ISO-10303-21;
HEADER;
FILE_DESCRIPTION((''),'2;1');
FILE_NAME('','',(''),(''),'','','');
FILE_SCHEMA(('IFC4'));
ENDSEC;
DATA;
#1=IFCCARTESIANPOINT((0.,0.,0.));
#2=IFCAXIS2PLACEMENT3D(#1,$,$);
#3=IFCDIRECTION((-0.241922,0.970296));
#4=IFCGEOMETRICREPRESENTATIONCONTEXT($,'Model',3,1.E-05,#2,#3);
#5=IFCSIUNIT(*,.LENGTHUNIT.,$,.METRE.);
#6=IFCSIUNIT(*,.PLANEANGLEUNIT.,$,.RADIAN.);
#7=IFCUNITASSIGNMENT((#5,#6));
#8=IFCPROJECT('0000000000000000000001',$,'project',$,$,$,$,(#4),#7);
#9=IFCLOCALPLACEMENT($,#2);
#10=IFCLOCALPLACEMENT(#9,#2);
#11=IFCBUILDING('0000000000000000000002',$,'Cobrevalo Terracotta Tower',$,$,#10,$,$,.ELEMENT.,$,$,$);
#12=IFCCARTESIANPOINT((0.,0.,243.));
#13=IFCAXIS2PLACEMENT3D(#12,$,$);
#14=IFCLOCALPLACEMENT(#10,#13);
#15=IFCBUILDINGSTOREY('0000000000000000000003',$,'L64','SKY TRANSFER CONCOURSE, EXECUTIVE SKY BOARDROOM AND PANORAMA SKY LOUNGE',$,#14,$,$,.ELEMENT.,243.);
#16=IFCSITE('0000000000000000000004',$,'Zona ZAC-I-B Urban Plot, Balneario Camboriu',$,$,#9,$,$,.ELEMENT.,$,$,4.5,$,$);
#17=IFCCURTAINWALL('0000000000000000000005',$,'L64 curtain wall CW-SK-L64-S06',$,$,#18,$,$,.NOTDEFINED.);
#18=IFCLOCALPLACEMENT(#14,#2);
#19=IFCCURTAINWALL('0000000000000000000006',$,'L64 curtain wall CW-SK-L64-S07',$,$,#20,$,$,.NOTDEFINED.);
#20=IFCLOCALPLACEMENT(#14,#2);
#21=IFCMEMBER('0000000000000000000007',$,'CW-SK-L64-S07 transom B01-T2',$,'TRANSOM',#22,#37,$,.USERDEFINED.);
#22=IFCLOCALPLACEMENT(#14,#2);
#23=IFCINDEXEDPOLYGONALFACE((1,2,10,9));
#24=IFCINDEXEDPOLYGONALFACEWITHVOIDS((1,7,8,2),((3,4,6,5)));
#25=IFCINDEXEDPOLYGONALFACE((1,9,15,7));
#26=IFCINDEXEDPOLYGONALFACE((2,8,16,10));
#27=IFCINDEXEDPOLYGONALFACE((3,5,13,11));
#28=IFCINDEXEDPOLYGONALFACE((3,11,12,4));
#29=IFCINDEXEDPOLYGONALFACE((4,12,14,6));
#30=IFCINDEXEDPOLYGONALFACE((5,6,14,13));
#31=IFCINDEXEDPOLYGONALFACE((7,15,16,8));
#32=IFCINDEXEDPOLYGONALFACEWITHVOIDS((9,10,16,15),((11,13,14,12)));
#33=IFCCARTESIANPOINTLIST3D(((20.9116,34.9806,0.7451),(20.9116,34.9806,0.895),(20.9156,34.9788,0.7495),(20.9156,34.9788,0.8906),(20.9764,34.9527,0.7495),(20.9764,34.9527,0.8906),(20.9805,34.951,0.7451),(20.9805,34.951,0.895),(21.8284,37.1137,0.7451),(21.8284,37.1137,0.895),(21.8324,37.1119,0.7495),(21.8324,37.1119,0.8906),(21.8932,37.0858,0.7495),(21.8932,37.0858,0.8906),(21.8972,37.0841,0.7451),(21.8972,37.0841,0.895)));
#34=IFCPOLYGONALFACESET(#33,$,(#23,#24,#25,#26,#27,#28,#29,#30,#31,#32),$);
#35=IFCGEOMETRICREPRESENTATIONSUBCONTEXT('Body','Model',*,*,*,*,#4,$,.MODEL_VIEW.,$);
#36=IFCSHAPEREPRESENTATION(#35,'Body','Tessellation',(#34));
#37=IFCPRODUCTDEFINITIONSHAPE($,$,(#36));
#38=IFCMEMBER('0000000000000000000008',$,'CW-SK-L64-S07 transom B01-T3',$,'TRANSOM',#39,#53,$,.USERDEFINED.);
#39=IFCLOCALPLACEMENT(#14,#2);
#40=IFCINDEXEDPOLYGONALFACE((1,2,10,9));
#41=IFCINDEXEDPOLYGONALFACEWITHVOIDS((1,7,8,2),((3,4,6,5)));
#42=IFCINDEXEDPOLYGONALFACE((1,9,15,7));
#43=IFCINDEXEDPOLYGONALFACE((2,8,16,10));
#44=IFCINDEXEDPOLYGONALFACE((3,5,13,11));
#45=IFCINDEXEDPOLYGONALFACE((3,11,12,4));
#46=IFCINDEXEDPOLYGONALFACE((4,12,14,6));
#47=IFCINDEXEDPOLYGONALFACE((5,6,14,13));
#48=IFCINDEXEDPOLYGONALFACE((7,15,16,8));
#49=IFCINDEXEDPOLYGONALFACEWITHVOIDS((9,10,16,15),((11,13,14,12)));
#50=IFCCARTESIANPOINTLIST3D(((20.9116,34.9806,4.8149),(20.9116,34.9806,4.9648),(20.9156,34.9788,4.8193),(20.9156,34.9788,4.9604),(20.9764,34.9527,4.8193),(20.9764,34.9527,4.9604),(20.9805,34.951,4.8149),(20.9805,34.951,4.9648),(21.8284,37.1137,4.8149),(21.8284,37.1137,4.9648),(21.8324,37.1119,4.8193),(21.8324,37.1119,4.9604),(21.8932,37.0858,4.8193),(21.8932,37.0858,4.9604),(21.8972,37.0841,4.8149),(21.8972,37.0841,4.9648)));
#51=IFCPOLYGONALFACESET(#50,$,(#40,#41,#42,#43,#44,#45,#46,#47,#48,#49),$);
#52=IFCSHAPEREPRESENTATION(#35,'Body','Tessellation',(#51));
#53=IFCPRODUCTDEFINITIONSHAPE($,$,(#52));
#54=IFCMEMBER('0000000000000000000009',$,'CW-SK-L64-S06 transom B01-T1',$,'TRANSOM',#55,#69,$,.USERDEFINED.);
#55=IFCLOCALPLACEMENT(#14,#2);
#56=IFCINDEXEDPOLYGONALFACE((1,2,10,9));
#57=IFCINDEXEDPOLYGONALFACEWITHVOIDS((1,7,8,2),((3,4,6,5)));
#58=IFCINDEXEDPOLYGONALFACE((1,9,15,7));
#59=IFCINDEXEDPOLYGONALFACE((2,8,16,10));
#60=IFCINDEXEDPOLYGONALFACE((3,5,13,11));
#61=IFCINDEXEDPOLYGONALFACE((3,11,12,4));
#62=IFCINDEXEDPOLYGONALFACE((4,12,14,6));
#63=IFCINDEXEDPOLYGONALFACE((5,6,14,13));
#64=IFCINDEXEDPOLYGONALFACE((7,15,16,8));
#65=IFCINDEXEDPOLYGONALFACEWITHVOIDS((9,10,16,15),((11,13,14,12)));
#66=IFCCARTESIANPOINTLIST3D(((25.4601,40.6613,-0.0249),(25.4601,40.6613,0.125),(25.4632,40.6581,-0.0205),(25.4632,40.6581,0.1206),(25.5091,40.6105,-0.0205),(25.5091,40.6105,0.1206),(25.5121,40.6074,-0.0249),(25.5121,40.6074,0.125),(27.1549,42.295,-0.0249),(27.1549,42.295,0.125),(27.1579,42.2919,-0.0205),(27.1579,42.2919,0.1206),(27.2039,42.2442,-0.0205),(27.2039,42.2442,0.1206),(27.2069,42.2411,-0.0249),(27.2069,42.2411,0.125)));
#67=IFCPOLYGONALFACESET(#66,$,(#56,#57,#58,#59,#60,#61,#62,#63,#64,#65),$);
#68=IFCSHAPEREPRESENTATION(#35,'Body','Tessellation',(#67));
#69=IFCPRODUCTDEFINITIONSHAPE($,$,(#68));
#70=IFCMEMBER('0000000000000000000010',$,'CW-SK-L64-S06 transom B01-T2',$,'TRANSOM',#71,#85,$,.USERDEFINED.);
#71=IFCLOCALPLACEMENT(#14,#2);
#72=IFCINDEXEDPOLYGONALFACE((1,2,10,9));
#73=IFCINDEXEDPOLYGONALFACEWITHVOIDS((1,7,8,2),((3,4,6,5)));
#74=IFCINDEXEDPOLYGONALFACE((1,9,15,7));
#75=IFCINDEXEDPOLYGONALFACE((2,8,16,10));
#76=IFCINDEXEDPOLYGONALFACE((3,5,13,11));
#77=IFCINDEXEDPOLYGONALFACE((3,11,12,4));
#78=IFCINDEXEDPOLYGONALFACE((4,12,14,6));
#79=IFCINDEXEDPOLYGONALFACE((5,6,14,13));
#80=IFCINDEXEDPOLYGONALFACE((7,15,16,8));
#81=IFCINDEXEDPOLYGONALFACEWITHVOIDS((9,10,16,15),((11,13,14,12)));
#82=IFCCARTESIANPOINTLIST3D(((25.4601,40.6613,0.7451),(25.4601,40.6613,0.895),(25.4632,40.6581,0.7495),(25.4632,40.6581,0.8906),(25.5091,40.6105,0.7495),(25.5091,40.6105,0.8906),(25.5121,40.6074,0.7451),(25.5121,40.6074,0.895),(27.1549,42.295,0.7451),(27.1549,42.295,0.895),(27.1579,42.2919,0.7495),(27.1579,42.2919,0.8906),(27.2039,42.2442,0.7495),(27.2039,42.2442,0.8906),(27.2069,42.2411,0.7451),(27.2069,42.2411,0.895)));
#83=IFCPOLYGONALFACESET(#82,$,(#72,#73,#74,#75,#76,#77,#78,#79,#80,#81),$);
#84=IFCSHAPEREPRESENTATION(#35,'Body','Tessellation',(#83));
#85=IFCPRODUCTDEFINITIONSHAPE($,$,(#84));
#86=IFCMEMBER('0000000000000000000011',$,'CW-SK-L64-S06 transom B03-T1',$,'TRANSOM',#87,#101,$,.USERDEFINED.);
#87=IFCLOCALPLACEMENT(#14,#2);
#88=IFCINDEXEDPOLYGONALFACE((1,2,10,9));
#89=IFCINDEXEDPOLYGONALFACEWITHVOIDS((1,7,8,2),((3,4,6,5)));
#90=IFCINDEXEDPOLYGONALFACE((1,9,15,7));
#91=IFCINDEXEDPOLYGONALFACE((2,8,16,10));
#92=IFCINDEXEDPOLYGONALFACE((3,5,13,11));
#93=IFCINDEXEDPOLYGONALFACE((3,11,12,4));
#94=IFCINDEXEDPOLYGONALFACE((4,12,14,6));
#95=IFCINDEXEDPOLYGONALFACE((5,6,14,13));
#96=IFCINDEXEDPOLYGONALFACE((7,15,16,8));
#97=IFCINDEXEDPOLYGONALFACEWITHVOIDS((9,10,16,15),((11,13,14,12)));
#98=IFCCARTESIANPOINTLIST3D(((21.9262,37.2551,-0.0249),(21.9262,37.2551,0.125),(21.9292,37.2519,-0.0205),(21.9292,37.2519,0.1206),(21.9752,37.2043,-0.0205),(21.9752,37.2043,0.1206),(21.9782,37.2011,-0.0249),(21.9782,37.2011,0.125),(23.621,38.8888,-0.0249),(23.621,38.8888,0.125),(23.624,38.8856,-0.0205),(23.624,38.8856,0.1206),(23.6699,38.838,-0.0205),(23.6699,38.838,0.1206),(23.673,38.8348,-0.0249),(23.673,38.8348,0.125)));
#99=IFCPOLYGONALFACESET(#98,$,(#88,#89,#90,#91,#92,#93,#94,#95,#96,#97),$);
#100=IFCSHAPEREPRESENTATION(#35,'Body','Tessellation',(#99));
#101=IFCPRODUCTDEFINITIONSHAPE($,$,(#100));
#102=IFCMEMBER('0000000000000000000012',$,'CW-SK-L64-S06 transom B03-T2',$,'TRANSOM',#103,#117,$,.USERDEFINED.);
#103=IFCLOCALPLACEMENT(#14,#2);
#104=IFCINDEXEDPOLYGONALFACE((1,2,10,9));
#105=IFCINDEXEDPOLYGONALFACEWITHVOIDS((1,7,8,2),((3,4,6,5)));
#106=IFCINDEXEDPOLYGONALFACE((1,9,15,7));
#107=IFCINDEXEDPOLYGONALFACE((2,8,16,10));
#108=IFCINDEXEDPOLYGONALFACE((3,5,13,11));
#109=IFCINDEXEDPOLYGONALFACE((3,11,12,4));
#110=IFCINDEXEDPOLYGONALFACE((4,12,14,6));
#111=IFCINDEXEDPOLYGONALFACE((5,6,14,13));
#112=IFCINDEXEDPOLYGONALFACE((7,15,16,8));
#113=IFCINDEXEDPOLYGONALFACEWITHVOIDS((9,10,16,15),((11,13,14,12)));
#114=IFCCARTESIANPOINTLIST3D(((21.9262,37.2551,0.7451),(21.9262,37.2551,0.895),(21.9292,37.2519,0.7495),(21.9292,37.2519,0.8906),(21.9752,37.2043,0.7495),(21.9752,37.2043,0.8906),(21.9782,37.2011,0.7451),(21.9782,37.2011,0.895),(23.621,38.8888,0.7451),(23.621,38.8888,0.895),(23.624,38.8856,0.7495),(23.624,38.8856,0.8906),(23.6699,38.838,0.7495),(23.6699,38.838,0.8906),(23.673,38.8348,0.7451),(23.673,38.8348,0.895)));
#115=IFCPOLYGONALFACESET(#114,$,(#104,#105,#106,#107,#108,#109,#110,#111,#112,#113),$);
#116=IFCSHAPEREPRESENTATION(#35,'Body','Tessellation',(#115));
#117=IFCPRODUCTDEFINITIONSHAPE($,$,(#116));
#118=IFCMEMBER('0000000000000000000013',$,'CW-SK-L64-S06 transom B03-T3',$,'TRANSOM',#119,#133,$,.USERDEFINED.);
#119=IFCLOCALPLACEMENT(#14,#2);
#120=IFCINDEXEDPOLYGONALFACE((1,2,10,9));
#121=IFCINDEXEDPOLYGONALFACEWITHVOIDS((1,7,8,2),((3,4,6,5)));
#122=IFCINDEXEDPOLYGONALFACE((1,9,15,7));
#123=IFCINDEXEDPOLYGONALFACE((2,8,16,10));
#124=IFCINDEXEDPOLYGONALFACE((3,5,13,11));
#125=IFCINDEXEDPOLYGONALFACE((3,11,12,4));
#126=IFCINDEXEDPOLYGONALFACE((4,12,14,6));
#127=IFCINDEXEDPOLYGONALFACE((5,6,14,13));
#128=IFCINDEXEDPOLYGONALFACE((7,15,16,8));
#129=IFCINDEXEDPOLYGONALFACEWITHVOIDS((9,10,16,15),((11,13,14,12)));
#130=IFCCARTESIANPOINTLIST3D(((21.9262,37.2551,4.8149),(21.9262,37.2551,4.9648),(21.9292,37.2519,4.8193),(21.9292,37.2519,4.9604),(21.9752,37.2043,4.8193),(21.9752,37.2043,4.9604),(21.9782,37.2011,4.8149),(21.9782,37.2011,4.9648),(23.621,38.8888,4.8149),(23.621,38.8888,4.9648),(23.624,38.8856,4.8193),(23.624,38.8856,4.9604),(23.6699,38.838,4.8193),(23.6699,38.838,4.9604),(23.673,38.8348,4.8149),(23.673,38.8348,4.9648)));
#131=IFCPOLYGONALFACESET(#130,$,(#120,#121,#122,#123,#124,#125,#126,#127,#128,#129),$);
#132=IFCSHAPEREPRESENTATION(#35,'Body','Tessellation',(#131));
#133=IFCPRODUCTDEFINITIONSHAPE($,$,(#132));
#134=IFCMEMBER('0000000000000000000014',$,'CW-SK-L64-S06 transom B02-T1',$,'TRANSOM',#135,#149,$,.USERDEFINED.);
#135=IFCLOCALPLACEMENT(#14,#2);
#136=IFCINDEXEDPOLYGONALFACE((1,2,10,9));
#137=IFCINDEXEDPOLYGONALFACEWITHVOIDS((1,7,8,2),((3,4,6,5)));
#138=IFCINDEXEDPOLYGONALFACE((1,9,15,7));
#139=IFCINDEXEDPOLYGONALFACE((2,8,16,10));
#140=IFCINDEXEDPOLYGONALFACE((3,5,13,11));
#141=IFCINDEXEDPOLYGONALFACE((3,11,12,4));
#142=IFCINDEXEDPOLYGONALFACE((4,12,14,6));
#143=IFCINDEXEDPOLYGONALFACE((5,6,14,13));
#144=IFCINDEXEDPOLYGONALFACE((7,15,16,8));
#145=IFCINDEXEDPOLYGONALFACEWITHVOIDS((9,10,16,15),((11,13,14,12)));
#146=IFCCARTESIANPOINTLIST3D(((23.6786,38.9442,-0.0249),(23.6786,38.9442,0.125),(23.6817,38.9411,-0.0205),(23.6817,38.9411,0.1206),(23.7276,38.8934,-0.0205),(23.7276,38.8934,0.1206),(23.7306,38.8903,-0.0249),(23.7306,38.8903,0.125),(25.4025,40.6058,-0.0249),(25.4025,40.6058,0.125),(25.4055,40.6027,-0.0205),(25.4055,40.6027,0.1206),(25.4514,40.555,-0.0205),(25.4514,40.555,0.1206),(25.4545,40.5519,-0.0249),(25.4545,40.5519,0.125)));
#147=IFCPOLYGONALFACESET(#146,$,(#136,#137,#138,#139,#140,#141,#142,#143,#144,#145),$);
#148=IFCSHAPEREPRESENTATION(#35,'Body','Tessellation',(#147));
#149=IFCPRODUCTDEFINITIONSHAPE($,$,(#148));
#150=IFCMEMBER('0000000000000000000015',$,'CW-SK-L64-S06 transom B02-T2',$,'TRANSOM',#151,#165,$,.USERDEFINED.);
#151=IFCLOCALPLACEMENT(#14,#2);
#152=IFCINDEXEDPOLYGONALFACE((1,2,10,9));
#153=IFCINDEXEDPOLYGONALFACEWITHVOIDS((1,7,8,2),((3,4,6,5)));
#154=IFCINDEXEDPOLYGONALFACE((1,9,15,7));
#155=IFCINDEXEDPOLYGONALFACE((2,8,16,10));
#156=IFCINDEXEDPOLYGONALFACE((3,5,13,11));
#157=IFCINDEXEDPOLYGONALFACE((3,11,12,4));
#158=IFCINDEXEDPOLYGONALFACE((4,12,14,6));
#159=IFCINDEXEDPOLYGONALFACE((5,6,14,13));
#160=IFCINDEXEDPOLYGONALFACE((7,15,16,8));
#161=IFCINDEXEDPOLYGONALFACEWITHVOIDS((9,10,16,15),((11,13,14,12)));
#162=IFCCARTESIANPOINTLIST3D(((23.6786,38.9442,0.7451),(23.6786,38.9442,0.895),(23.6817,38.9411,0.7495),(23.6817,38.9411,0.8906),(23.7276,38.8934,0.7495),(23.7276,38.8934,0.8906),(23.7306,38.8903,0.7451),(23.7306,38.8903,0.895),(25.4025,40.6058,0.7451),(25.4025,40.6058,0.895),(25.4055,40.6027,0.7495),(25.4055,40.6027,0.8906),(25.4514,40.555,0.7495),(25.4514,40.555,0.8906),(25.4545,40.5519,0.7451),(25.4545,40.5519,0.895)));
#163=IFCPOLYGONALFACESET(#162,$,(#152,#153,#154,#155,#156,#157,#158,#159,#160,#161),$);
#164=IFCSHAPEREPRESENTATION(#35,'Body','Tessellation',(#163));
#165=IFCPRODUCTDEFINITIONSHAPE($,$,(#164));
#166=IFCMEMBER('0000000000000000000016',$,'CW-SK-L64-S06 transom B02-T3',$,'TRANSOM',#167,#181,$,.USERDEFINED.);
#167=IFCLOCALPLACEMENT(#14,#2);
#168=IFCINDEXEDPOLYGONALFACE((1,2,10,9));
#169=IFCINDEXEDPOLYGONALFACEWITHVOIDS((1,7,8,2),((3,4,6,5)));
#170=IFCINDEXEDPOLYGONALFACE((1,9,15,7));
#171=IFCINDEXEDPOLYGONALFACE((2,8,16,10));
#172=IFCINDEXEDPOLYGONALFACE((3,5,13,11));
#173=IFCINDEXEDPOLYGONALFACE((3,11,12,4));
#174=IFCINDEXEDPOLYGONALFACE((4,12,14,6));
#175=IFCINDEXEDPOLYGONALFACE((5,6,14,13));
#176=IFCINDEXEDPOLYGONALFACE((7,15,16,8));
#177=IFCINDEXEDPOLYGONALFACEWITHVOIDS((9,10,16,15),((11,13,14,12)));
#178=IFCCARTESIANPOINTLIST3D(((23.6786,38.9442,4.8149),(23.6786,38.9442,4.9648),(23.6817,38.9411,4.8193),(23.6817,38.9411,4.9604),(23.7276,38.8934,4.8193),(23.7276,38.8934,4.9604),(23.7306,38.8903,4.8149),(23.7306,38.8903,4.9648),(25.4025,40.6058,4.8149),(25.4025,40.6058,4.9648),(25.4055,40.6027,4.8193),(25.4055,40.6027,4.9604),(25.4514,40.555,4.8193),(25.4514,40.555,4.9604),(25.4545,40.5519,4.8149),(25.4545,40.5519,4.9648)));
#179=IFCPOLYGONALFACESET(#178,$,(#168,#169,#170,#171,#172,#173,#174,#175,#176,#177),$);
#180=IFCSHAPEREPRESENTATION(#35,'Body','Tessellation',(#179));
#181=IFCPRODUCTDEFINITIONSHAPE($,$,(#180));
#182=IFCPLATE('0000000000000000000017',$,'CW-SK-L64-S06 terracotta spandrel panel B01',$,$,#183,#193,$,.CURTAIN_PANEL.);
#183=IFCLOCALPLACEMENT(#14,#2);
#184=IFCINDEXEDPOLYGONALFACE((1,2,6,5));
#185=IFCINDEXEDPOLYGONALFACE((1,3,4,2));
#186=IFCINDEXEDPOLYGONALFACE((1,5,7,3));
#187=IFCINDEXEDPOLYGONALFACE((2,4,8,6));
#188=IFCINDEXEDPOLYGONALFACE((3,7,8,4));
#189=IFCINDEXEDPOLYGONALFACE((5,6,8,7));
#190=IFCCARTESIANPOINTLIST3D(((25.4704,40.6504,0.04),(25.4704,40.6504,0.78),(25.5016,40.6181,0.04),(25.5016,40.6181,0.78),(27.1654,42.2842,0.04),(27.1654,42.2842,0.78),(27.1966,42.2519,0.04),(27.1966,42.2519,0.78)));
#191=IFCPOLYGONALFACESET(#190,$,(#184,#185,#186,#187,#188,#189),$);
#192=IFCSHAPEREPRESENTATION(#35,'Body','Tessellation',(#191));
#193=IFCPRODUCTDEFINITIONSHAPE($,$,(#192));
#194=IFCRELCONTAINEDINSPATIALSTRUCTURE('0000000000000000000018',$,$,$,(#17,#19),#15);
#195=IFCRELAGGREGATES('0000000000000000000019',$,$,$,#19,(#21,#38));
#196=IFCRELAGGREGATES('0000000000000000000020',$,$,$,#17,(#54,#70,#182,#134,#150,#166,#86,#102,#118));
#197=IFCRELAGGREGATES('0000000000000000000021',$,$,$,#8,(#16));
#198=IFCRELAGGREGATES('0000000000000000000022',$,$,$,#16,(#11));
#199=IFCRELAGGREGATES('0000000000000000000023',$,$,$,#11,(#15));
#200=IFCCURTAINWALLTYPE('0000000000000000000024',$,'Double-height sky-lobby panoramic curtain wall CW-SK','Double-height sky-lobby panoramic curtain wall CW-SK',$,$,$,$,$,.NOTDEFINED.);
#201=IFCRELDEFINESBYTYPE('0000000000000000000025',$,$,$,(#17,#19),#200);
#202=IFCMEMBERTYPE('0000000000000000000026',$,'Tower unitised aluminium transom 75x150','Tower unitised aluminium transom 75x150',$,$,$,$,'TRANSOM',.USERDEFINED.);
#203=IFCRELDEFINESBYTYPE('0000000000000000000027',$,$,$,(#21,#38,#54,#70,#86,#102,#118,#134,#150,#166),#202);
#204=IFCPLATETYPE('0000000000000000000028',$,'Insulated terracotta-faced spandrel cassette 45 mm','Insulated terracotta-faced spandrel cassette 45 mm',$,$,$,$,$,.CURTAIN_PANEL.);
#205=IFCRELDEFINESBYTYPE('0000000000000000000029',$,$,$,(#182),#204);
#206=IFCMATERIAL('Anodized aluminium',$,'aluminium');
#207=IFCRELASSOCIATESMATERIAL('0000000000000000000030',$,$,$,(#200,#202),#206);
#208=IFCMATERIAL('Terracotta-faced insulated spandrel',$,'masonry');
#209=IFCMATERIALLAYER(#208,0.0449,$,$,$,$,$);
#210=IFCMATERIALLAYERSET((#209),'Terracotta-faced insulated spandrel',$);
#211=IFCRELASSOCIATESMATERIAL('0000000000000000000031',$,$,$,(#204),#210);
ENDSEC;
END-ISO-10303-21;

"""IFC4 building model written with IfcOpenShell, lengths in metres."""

from ifc_helpers import new_model, si_unit, direction, frame, origin, origin_2d, place, context, subcontext, project, spatial, rectangle, hollow_rectangle, extrude, source, transform, mapped, material, layer, layer_set, material_profile, profile_set, type_object, element, aggregate, save


model = new_model("IFC4")

# Units and contexts
model_context = context("Model", 3, precision=1e-05, world=origin(), true_north=direction((-0.241922, 0.970296)))
body_context = subcontext(model_context, "Body", "Model", "MODEL_VIEW")
ifc_project = project(units=[si_unit("LENGTHUNIT", "METRE"), si_unit("PLANEANGLEUNIT", "RADIAN")], contexts=[model_context])

# Site, building, storey
site_placement = place(None, origin())
site = spatial("IfcSite", under=ifc_project, at=site_placement, Name="Zona ZAC-I-B Urban Plot, Balneario Camboriu", CompositionType="ELEMENT", RefElevation=4.5)
building_placement = place(site_placement, origin())
building = spatial("IfcBuilding", under=site, at=building_placement, Name="Cobrevalo Terracotta Tower", CompositionType="ELEMENT")
storey_placement = place(building_placement, frame((0.0, 0.0, 243.0)))
storey = spatial("IfcBuildingStorey", under=building, at=storey_placement, Name="L64", Description="SKY TRANSFER CONCOURSE, EXECUTIVE SKY BOARDROOM AND PANORAMA SKY LOUNGE", CompositionType="ELEMENT", Elevation=243.0)

# Curtain walls, members
ifc_material_1 = material(Name="Anodized aluminium", Category="aluminium")
curtain_wall_type = type_object("IfcCurtainWallType", Name="Double-height sky-lobby panoramic curtain wall CW-SK", Description="Double-height sky-lobby panoramic curtain wall CW-SK", PredefinedType="NOTDEFINED", material=ifc_material_1)
curtain_wall_1_placement = place(storey_placement, origin())
curtain_wall_1 = element("IfcCurtainWall", 1, at=curtain_wall_1_placement, inside=storey, type_object=curtain_wall_type, Name="L64 curtain wall CW-SK-L64-S06", PredefinedType="NOTDEFINED")
curtain_wall_2_placement = place(storey_placement, origin())
curtain_wall_2 = element("IfcCurtainWall", 2, at=curtain_wall_2_placement, inside=storey, type_object=curtain_wall_type, Name="L64 curtain wall CW-SK-L64-S07", PredefinedType="NOTDEFINED")
ifc_material_profile_1 = material_profile(ifc_material_1, hollow_rectangle(XDim=0.075, YDim=0.1499, WallThickness=0.0044, at=origin_2d()), Name="CWT 75x150")
ifc_profile_set_1 = profile_set([ifc_material_profile_1], Name="Anodized aluminium")
member_type_1 = type_object("IfcMemberType", Name="Tower unitised aluminium transom 75x150", Description="Tower unitised aluminium transom 75x150", ElementType="TRANSOM", PredefinedType="USERDEFINED", material=ifc_profile_set_1)
shared_shape_1 = source(origin(), body_context, "Body", "SweptSolid", [
    extrude(hollow_rectangle(XDim=0.075, YDim=0.1499, WallThickness=0.0044, at=origin_2d()), origin(), (0.0, 0.0, 1.0), 2.3218),
])
member_1_placement = place(storey_placement, frame((21.8628, 37.0989, 0.8201), z_axis=(-0.394858, -0.918742, 0.0), x_axis=(0.918742, -0.394858, 0.0)))
member_1 = element("IfcMember", 3, at=member_1_placement, type_object=member_type_1, Name="CW-SK-L64-S07 transom B01-T2", ObjectType="TRANSOM", PredefinedType="USERDEFINED", context=body_context, shape_type="MappedRepresentation", body=[
    mapped(shared_shape_1, transform((0.0, 0.0, 0.0), scale=1.0)),
])
member_2_placement = place(storey_placement, frame((21.8628, 37.0989, 4.8899), z_axis=(-0.394858, -0.918742, 0.0), x_axis=(0.918742, -0.394858, 0.0)))
member_2 = element("IfcMember", 4, at=member_2_placement, type_object=member_type_1, Name="CW-SK-L64-S07 transom B01-T3", ObjectType="TRANSOM", PredefinedType="USERDEFINED", context=body_context, shape_type="MappedRepresentation", body=[
    mapped(shared_shape_1, transform((0.0, 0.0, 0.0), scale=1.0)),
])
aggregate(curtain_wall_2, [member_1, member_2])

# Members
shared_shape_2 = source(origin(), body_context, "Body", "SweptSolid", [
    extrude(hollow_rectangle(XDim=0.075, YDim=0.1499, WallThickness=0.0044, at=origin_2d()), origin(), (0.0, 0.0, 1.0), 2.354),
])
member_3_placement = place(storey_placement, frame((27.1809, 42.2681, 0.05), z_axis=(-0.719952, -0.694024, 0.0), x_axis=(0.694024, -0.719952, 0.0)))
member_3 = element("IfcMember", 5, at=member_3_placement, type_object=member_type_1, Name="CW-SK-L64-S06 transom B01-T1", ObjectType="TRANSOM", PredefinedType="USERDEFINED", context=body_context, shape_type="MappedRepresentation", body=[
    mapped(shared_shape_2, transform((0.0, 0.0, 0.0), scale=1.0)),
])
member_4_placement = place(storey_placement, frame((27.1809, 42.2681, 0.8201), z_axis=(-0.719952, -0.694024, 0.0), x_axis=(0.694024, -0.719952, 0.0)))
member_4 = element("IfcMember", 6, at=member_4_placement, type_object=member_type_1, Name="CW-SK-L64-S06 transom B01-T2", ObjectType="TRANSOM", PredefinedType="USERDEFINED", context=body_context, shape_type="MappedRepresentation", body=[
    mapped(shared_shape_2, transform((0.0, 0.0, 0.0), scale=1.0)),
])
member_5_placement = place(storey_placement, frame((23.647, 38.8618, 0.05), z_axis=(-0.719952, -0.694024, 0.0), x_axis=(0.694024, -0.719952, 0.0)))
member_5 = element("IfcMember", 7, at=member_5_placement, type_object=member_type_1, Name="CW-SK-L64-S06 transom B03-T1", ObjectType="TRANSOM", PredefinedType="USERDEFINED", context=body_context, shape_type="MappedRepresentation", body=[
    mapped(shared_shape_2, transform((0.0, 0.0, 0.0), scale=1.0)),
])
member_6_placement = place(storey_placement, frame((23.647, 38.8618, 0.8201), z_axis=(-0.719952, -0.694024, 0.0), x_axis=(0.694024, -0.719952, 0.0)))
member_6 = element("IfcMember", 8, at=member_6_placement, type_object=member_type_1, Name="CW-SK-L64-S06 transom B03-T2", ObjectType="TRANSOM", PredefinedType="USERDEFINED", context=body_context, shape_type="MappedRepresentation", body=[
    mapped(shared_shape_2, transform((0.0, 0.0, 0.0), scale=1.0)),
])
member_7_placement = place(storey_placement, frame((23.647, 38.8618, 4.8899), z_axis=(-0.719952, -0.694024, 0.0), x_axis=(0.694024, -0.719952, 0.0)))
member_7 = element("IfcMember", 9, at=member_7_placement, type_object=member_type_1, Name="CW-SK-L64-S06 transom B03-T3", ObjectType="TRANSOM", PredefinedType="USERDEFINED", context=body_context, shape_type="MappedRepresentation", body=[
    mapped(shared_shape_2, transform((0.0, 0.0, 0.0), scale=1.0)),
])
shared_shape_3 = source(origin(), body_context, "Body", "SweptSolid", [
    extrude(hollow_rectangle(XDim=0.075, YDim=0.1499, WallThickness=0.0044, at=origin_2d()), origin(), (0.0, 0.0, 1.0), 2.3943),
])
member_8_placement = place(storey_placement, frame((25.4285, 40.5789, 0.05), z_axis=(-0.719988, -0.693986, 0.0), x_axis=(0.693986, -0.719988, 0.0)))
member_8 = element("IfcMember", 10, at=member_8_placement, type_object=member_type_1, Name="CW-SK-L64-S06 transom B02-T1", ObjectType="TRANSOM", PredefinedType="USERDEFINED", context=body_context, shape_type="MappedRepresentation", body=[
    mapped(shared_shape_3, transform((0.0, 0.0, 0.0), scale=1.0)),
])
member_9_placement = place(storey_placement, frame((25.4285, 40.5789, 0.8201), z_axis=(-0.719988, -0.693986, 0.0), x_axis=(0.693986, -0.719988, 0.0)))
member_9 = element("IfcMember", 11, at=member_9_placement, type_object=member_type_1, Name="CW-SK-L64-S06 transom B02-T2", ObjectType="TRANSOM", PredefinedType="USERDEFINED", context=body_context, shape_type="MappedRepresentation", body=[
    mapped(shared_shape_3, transform((0.0, 0.0, 0.0), scale=1.0)),
])
member_10_placement = place(storey_placement, frame((25.4285, 40.5789, 4.8899), z_axis=(-0.719988, -0.693986, 0.0), x_axis=(0.693986, -0.719988, 0.0)))
member_10 = element("IfcMember", 12, at=member_10_placement, type_object=member_type_1, Name="CW-SK-L64-S06 transom B02-T3", ObjectType="TRANSOM", PredefinedType="USERDEFINED", context=body_context, shape_type="MappedRepresentation", body=[
    mapped(shared_shape_3, transform((0.0, 0.0, 0.0), scale=1.0)),
])

# Plate
ifc_material_2 = material(Name="Terracotta-faced insulated spandrel", Category="masonry")
ifc_layer_1 = layer(ifc_material_2, 0.0449)
ifc_layer_set_1 = layer_set([ifc_layer_1], Name="Terracotta-faced insulated spandrel")
plate_type_1 = type_object("IfcPlateType", Name="Insulated terracotta-faced spandrel cassette 45 mm", Description="Insulated terracotta-faced spandrel cassette 45 mm", PredefinedType="CURTAIN_PANEL", material=ifc_layer_set_1)
shared_shape_4 = source(origin(), body_context, "Body", "SweptSolid", [
    extrude(rectangle(XDim=2.3542, YDim=0.0449, at=origin_2d()), origin(), (0.0, 0.0, 1.0), 0.74),
])
plate_1_placement = place(storey_placement, frame((26.3335, 41.4512, 0.04), z_axis=(0.0, 0.0, 1.0), x_axis=(-0.719997, -0.693978, 0.0)))
plate_1 = element("IfcPlate", 13, at=plate_1_placement, type_object=plate_type_1, Name="CW-SK-L64-S06 terracotta spandrel panel B01", PredefinedType="CURTAIN_PANEL", context=body_context, shape_type="MappedRepresentation", body=[
    mapped(shared_shape_4, transform((0.0, 0.0, 0.0), scale=1.0)),
])
aggregate(curtain_wall_1, [member_3, member_4, plate_1, member_8, member_9, member_10, member_5, member_6, member_7])

save(model, "model.ifc")
